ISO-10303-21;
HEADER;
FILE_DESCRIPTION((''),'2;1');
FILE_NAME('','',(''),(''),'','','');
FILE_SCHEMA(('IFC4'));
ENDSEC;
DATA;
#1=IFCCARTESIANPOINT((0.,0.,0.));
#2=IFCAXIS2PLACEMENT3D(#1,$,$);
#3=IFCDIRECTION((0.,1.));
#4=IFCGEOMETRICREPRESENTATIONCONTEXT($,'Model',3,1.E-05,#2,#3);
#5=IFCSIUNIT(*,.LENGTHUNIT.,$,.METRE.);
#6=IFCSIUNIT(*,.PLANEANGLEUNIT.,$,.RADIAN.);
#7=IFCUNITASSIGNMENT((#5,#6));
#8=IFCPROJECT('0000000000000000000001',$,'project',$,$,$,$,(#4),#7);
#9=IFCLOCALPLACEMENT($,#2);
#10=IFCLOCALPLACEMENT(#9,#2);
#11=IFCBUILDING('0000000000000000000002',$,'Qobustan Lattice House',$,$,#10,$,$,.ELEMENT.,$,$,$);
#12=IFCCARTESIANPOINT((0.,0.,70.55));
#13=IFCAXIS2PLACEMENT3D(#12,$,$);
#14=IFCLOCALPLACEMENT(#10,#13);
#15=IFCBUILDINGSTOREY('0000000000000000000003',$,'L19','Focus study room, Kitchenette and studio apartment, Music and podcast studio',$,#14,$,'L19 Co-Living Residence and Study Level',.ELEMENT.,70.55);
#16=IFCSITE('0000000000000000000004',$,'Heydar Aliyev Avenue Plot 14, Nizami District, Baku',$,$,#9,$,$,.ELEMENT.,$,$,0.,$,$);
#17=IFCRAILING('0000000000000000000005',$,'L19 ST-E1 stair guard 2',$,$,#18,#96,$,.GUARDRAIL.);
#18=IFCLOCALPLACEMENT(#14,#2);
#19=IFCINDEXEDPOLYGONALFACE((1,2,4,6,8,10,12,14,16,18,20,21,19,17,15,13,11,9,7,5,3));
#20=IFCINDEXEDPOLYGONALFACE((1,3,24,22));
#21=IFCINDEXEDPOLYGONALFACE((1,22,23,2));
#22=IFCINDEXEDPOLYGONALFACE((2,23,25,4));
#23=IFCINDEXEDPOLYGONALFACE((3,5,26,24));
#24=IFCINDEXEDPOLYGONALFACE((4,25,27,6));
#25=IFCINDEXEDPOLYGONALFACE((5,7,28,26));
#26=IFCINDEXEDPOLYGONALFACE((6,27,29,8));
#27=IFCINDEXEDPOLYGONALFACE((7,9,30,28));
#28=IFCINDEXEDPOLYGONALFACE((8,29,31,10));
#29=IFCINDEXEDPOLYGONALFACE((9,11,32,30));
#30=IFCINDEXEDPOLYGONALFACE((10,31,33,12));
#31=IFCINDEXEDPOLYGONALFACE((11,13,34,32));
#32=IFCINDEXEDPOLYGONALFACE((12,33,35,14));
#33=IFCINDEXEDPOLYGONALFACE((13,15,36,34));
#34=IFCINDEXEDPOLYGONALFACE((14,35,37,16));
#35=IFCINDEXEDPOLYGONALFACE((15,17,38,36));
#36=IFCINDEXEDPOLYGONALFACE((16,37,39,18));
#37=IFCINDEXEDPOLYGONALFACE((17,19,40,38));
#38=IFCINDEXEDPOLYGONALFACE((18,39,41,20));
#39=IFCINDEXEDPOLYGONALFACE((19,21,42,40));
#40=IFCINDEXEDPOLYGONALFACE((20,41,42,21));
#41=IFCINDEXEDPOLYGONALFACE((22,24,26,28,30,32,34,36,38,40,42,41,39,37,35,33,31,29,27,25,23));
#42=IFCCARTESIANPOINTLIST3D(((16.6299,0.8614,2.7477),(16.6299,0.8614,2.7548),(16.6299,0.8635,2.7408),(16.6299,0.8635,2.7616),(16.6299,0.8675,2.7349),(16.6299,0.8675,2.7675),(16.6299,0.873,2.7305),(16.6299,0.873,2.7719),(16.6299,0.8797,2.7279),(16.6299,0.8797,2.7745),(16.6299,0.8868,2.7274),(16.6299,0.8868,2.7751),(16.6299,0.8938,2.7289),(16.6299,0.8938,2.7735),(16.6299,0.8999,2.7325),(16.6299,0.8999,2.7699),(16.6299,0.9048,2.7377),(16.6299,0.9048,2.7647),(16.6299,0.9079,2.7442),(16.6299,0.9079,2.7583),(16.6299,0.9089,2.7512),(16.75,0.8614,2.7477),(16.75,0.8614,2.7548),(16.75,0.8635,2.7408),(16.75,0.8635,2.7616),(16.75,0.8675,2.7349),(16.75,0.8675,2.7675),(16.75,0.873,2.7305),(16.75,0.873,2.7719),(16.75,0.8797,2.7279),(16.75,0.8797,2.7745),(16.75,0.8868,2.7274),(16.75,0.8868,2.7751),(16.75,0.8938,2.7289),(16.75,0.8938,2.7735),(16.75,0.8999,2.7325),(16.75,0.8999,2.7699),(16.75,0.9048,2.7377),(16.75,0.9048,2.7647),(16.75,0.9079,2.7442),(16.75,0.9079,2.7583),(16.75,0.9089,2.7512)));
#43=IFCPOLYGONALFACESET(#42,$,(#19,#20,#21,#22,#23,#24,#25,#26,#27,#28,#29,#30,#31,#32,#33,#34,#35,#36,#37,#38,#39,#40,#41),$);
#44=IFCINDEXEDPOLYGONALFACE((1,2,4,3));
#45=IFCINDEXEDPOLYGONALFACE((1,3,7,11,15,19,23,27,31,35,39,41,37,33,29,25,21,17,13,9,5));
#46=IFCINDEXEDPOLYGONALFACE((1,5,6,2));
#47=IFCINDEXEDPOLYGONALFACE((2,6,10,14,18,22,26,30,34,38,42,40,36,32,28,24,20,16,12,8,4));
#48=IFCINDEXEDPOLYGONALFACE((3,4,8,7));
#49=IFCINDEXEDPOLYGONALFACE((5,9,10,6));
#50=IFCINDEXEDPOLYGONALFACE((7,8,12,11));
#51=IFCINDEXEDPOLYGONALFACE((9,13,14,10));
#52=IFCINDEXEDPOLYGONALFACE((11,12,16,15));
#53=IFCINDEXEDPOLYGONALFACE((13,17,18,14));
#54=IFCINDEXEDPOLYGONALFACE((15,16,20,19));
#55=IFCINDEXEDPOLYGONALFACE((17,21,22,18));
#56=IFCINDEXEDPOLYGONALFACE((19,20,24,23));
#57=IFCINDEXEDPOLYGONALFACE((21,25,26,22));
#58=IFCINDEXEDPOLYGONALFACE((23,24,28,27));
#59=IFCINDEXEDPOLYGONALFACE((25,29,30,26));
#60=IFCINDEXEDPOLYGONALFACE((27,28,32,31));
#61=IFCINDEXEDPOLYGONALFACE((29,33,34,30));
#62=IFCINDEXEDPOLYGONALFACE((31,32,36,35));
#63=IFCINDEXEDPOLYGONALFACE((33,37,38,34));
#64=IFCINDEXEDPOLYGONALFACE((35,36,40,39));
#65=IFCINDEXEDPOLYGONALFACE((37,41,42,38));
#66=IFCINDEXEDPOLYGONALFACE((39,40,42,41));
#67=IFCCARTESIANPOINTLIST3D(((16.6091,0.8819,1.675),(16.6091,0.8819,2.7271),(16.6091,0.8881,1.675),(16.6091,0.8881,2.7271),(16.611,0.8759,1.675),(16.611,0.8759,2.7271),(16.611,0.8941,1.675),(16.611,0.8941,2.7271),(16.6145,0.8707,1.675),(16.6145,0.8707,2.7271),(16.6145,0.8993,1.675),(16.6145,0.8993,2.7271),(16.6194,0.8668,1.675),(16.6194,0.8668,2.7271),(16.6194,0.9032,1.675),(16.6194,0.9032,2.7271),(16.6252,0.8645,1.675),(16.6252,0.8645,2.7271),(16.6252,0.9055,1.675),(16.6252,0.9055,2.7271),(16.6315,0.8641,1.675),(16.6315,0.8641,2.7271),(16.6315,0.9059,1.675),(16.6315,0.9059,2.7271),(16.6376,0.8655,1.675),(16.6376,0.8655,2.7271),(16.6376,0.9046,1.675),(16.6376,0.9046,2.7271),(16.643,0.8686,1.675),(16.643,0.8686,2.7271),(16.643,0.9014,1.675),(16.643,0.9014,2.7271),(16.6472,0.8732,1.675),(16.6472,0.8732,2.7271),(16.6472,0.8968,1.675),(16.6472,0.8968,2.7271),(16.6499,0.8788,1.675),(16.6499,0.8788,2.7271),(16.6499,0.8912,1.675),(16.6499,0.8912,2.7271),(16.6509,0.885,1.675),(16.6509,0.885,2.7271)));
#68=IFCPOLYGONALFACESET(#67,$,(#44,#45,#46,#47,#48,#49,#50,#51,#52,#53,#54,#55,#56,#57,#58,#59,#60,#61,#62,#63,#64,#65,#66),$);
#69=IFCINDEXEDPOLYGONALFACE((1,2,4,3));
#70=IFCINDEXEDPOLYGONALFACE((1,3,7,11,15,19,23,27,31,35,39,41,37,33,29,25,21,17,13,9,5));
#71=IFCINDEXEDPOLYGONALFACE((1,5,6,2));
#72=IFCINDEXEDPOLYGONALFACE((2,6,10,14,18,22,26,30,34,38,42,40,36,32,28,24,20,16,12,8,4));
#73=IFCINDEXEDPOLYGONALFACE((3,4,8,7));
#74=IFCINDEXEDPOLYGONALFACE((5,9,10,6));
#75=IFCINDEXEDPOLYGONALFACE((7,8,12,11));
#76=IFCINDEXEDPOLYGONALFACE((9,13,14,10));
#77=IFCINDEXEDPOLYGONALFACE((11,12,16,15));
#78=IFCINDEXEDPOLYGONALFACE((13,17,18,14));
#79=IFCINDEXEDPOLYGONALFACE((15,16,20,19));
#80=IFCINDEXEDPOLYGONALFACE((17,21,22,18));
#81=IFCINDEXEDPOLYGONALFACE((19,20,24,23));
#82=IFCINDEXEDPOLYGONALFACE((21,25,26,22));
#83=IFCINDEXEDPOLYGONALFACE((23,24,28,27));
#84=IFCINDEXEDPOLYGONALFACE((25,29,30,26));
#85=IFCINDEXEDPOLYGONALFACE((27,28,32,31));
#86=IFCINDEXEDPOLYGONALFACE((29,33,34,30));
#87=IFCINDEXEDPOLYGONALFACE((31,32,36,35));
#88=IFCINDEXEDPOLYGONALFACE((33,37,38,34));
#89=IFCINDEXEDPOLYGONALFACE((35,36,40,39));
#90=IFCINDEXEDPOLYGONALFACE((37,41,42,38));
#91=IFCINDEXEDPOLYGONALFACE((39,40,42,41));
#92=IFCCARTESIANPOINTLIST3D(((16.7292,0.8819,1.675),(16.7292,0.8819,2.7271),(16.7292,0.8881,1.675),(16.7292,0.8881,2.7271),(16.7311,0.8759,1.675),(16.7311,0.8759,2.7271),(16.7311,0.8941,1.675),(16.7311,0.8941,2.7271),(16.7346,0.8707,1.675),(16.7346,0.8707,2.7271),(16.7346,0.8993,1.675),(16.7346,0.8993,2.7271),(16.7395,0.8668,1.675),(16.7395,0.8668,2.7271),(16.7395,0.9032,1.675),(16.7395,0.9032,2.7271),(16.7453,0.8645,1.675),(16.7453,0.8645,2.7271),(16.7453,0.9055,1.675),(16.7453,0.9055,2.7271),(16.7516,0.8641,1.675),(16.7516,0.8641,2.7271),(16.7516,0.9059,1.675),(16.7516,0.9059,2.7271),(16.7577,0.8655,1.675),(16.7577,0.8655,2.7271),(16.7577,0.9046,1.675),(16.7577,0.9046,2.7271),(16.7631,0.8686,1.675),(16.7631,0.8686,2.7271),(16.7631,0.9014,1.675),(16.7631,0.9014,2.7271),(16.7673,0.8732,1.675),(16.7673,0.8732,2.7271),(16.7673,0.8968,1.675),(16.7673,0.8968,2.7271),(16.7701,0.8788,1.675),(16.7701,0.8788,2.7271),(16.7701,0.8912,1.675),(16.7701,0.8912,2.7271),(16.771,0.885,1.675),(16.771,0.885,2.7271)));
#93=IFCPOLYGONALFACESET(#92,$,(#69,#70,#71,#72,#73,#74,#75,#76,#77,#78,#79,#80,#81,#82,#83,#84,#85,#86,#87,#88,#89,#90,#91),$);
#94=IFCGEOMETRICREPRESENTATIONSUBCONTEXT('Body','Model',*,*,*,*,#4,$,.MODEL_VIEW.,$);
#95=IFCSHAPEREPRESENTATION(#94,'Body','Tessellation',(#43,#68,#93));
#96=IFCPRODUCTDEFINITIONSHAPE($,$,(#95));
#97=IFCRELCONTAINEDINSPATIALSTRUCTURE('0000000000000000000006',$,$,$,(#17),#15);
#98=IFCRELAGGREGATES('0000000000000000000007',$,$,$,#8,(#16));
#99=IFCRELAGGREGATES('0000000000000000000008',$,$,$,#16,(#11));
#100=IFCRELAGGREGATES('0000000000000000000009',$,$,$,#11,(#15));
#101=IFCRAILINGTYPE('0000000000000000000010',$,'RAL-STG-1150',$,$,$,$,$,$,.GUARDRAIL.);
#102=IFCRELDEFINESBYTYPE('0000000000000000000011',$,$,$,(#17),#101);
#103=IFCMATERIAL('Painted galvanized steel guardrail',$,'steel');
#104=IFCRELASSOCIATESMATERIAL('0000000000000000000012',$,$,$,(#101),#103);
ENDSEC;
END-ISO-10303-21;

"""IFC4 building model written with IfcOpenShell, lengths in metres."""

from ifc_helpers import new_model, si_unit, direction, frame, origin, origin_2d, place, context, subcontext, project, spatial, circle, extrude, material, type_object, element, save


model = new_model("IFC4")

# Units and contexts
model_context = context("Model", 3, precision=1e-05, world=origin(), true_north=direction((0.0, 1.0)))
body_context = subcontext(model_context, "Body", "Model", "MODEL_VIEW")
ifc_project = project(units=[si_unit("LENGTHUNIT", "METRE"), si_unit("PLANEANGLEUNIT", "RADIAN")], contexts=[model_context])

# Site, building, storey
site_placement = place(None, origin())
site = spatial("IfcSite", under=ifc_project, at=site_placement, Name="Heydar Aliyev Avenue Plot 14, Nizami District, Baku", CompositionType="ELEMENT", RefElevation=0.0)
building_placement = place(site_placement, origin())
building = spatial("IfcBuilding", under=site, at=building_placement, Name="Qobustan Lattice House", CompositionType="ELEMENT")
storey_placement = place(building_placement, frame((0.0, 0.0, 70.55)))
storey = spatial("IfcBuildingStorey", under=building, at=storey_placement, Name="L19", Description="Focus study room, Kitchenette and studio apartment, Music and podcast studio", LongName="L19 Co-Living Residence and Study Level", CompositionType="ELEMENT", Elevation=70.55)

# Railing
ifc_material_1 = material(Name="Painted galvanized steel guardrail", Category="steel")
railing_type_1 = type_object("IfcRailingType", Name="RAL-STG-1150", PredefinedType="GUARDRAIL", material=ifc_material_1)
railing_1_placement = place(storey_placement, frame((16.6299, 0.885, 1.675)))
element("IfcRailing", 1, at=railing_1_placement, inside=storey, type_object=railing_type_1, Name="L19 ST-E1 stair guard 2", PredefinedType="GUARDRAIL", context=body_context, shape_type="SweptSolid", body=[
    extrude(circle(Radius=0.0239, at=origin_2d()), frame((0.0, 0.0, 1.0762), z_axis=(1.0, 0.0, 0.0), x_axis=(0.0, 1.0, 0.0)), (0.0, 0.0, 1.0), 0.1201),
    extrude(circle(Radius=0.021, at=origin_2d()), origin(), (0.0, 0.0, 1.0), 1.052),
    extrude(circle(Radius=0.021, at=origin_2d()), frame((0.1201, 0.0, 0.0)), (0.0, 0.0, 1.0), 1.052),
])

save(model, "model.ifc")
